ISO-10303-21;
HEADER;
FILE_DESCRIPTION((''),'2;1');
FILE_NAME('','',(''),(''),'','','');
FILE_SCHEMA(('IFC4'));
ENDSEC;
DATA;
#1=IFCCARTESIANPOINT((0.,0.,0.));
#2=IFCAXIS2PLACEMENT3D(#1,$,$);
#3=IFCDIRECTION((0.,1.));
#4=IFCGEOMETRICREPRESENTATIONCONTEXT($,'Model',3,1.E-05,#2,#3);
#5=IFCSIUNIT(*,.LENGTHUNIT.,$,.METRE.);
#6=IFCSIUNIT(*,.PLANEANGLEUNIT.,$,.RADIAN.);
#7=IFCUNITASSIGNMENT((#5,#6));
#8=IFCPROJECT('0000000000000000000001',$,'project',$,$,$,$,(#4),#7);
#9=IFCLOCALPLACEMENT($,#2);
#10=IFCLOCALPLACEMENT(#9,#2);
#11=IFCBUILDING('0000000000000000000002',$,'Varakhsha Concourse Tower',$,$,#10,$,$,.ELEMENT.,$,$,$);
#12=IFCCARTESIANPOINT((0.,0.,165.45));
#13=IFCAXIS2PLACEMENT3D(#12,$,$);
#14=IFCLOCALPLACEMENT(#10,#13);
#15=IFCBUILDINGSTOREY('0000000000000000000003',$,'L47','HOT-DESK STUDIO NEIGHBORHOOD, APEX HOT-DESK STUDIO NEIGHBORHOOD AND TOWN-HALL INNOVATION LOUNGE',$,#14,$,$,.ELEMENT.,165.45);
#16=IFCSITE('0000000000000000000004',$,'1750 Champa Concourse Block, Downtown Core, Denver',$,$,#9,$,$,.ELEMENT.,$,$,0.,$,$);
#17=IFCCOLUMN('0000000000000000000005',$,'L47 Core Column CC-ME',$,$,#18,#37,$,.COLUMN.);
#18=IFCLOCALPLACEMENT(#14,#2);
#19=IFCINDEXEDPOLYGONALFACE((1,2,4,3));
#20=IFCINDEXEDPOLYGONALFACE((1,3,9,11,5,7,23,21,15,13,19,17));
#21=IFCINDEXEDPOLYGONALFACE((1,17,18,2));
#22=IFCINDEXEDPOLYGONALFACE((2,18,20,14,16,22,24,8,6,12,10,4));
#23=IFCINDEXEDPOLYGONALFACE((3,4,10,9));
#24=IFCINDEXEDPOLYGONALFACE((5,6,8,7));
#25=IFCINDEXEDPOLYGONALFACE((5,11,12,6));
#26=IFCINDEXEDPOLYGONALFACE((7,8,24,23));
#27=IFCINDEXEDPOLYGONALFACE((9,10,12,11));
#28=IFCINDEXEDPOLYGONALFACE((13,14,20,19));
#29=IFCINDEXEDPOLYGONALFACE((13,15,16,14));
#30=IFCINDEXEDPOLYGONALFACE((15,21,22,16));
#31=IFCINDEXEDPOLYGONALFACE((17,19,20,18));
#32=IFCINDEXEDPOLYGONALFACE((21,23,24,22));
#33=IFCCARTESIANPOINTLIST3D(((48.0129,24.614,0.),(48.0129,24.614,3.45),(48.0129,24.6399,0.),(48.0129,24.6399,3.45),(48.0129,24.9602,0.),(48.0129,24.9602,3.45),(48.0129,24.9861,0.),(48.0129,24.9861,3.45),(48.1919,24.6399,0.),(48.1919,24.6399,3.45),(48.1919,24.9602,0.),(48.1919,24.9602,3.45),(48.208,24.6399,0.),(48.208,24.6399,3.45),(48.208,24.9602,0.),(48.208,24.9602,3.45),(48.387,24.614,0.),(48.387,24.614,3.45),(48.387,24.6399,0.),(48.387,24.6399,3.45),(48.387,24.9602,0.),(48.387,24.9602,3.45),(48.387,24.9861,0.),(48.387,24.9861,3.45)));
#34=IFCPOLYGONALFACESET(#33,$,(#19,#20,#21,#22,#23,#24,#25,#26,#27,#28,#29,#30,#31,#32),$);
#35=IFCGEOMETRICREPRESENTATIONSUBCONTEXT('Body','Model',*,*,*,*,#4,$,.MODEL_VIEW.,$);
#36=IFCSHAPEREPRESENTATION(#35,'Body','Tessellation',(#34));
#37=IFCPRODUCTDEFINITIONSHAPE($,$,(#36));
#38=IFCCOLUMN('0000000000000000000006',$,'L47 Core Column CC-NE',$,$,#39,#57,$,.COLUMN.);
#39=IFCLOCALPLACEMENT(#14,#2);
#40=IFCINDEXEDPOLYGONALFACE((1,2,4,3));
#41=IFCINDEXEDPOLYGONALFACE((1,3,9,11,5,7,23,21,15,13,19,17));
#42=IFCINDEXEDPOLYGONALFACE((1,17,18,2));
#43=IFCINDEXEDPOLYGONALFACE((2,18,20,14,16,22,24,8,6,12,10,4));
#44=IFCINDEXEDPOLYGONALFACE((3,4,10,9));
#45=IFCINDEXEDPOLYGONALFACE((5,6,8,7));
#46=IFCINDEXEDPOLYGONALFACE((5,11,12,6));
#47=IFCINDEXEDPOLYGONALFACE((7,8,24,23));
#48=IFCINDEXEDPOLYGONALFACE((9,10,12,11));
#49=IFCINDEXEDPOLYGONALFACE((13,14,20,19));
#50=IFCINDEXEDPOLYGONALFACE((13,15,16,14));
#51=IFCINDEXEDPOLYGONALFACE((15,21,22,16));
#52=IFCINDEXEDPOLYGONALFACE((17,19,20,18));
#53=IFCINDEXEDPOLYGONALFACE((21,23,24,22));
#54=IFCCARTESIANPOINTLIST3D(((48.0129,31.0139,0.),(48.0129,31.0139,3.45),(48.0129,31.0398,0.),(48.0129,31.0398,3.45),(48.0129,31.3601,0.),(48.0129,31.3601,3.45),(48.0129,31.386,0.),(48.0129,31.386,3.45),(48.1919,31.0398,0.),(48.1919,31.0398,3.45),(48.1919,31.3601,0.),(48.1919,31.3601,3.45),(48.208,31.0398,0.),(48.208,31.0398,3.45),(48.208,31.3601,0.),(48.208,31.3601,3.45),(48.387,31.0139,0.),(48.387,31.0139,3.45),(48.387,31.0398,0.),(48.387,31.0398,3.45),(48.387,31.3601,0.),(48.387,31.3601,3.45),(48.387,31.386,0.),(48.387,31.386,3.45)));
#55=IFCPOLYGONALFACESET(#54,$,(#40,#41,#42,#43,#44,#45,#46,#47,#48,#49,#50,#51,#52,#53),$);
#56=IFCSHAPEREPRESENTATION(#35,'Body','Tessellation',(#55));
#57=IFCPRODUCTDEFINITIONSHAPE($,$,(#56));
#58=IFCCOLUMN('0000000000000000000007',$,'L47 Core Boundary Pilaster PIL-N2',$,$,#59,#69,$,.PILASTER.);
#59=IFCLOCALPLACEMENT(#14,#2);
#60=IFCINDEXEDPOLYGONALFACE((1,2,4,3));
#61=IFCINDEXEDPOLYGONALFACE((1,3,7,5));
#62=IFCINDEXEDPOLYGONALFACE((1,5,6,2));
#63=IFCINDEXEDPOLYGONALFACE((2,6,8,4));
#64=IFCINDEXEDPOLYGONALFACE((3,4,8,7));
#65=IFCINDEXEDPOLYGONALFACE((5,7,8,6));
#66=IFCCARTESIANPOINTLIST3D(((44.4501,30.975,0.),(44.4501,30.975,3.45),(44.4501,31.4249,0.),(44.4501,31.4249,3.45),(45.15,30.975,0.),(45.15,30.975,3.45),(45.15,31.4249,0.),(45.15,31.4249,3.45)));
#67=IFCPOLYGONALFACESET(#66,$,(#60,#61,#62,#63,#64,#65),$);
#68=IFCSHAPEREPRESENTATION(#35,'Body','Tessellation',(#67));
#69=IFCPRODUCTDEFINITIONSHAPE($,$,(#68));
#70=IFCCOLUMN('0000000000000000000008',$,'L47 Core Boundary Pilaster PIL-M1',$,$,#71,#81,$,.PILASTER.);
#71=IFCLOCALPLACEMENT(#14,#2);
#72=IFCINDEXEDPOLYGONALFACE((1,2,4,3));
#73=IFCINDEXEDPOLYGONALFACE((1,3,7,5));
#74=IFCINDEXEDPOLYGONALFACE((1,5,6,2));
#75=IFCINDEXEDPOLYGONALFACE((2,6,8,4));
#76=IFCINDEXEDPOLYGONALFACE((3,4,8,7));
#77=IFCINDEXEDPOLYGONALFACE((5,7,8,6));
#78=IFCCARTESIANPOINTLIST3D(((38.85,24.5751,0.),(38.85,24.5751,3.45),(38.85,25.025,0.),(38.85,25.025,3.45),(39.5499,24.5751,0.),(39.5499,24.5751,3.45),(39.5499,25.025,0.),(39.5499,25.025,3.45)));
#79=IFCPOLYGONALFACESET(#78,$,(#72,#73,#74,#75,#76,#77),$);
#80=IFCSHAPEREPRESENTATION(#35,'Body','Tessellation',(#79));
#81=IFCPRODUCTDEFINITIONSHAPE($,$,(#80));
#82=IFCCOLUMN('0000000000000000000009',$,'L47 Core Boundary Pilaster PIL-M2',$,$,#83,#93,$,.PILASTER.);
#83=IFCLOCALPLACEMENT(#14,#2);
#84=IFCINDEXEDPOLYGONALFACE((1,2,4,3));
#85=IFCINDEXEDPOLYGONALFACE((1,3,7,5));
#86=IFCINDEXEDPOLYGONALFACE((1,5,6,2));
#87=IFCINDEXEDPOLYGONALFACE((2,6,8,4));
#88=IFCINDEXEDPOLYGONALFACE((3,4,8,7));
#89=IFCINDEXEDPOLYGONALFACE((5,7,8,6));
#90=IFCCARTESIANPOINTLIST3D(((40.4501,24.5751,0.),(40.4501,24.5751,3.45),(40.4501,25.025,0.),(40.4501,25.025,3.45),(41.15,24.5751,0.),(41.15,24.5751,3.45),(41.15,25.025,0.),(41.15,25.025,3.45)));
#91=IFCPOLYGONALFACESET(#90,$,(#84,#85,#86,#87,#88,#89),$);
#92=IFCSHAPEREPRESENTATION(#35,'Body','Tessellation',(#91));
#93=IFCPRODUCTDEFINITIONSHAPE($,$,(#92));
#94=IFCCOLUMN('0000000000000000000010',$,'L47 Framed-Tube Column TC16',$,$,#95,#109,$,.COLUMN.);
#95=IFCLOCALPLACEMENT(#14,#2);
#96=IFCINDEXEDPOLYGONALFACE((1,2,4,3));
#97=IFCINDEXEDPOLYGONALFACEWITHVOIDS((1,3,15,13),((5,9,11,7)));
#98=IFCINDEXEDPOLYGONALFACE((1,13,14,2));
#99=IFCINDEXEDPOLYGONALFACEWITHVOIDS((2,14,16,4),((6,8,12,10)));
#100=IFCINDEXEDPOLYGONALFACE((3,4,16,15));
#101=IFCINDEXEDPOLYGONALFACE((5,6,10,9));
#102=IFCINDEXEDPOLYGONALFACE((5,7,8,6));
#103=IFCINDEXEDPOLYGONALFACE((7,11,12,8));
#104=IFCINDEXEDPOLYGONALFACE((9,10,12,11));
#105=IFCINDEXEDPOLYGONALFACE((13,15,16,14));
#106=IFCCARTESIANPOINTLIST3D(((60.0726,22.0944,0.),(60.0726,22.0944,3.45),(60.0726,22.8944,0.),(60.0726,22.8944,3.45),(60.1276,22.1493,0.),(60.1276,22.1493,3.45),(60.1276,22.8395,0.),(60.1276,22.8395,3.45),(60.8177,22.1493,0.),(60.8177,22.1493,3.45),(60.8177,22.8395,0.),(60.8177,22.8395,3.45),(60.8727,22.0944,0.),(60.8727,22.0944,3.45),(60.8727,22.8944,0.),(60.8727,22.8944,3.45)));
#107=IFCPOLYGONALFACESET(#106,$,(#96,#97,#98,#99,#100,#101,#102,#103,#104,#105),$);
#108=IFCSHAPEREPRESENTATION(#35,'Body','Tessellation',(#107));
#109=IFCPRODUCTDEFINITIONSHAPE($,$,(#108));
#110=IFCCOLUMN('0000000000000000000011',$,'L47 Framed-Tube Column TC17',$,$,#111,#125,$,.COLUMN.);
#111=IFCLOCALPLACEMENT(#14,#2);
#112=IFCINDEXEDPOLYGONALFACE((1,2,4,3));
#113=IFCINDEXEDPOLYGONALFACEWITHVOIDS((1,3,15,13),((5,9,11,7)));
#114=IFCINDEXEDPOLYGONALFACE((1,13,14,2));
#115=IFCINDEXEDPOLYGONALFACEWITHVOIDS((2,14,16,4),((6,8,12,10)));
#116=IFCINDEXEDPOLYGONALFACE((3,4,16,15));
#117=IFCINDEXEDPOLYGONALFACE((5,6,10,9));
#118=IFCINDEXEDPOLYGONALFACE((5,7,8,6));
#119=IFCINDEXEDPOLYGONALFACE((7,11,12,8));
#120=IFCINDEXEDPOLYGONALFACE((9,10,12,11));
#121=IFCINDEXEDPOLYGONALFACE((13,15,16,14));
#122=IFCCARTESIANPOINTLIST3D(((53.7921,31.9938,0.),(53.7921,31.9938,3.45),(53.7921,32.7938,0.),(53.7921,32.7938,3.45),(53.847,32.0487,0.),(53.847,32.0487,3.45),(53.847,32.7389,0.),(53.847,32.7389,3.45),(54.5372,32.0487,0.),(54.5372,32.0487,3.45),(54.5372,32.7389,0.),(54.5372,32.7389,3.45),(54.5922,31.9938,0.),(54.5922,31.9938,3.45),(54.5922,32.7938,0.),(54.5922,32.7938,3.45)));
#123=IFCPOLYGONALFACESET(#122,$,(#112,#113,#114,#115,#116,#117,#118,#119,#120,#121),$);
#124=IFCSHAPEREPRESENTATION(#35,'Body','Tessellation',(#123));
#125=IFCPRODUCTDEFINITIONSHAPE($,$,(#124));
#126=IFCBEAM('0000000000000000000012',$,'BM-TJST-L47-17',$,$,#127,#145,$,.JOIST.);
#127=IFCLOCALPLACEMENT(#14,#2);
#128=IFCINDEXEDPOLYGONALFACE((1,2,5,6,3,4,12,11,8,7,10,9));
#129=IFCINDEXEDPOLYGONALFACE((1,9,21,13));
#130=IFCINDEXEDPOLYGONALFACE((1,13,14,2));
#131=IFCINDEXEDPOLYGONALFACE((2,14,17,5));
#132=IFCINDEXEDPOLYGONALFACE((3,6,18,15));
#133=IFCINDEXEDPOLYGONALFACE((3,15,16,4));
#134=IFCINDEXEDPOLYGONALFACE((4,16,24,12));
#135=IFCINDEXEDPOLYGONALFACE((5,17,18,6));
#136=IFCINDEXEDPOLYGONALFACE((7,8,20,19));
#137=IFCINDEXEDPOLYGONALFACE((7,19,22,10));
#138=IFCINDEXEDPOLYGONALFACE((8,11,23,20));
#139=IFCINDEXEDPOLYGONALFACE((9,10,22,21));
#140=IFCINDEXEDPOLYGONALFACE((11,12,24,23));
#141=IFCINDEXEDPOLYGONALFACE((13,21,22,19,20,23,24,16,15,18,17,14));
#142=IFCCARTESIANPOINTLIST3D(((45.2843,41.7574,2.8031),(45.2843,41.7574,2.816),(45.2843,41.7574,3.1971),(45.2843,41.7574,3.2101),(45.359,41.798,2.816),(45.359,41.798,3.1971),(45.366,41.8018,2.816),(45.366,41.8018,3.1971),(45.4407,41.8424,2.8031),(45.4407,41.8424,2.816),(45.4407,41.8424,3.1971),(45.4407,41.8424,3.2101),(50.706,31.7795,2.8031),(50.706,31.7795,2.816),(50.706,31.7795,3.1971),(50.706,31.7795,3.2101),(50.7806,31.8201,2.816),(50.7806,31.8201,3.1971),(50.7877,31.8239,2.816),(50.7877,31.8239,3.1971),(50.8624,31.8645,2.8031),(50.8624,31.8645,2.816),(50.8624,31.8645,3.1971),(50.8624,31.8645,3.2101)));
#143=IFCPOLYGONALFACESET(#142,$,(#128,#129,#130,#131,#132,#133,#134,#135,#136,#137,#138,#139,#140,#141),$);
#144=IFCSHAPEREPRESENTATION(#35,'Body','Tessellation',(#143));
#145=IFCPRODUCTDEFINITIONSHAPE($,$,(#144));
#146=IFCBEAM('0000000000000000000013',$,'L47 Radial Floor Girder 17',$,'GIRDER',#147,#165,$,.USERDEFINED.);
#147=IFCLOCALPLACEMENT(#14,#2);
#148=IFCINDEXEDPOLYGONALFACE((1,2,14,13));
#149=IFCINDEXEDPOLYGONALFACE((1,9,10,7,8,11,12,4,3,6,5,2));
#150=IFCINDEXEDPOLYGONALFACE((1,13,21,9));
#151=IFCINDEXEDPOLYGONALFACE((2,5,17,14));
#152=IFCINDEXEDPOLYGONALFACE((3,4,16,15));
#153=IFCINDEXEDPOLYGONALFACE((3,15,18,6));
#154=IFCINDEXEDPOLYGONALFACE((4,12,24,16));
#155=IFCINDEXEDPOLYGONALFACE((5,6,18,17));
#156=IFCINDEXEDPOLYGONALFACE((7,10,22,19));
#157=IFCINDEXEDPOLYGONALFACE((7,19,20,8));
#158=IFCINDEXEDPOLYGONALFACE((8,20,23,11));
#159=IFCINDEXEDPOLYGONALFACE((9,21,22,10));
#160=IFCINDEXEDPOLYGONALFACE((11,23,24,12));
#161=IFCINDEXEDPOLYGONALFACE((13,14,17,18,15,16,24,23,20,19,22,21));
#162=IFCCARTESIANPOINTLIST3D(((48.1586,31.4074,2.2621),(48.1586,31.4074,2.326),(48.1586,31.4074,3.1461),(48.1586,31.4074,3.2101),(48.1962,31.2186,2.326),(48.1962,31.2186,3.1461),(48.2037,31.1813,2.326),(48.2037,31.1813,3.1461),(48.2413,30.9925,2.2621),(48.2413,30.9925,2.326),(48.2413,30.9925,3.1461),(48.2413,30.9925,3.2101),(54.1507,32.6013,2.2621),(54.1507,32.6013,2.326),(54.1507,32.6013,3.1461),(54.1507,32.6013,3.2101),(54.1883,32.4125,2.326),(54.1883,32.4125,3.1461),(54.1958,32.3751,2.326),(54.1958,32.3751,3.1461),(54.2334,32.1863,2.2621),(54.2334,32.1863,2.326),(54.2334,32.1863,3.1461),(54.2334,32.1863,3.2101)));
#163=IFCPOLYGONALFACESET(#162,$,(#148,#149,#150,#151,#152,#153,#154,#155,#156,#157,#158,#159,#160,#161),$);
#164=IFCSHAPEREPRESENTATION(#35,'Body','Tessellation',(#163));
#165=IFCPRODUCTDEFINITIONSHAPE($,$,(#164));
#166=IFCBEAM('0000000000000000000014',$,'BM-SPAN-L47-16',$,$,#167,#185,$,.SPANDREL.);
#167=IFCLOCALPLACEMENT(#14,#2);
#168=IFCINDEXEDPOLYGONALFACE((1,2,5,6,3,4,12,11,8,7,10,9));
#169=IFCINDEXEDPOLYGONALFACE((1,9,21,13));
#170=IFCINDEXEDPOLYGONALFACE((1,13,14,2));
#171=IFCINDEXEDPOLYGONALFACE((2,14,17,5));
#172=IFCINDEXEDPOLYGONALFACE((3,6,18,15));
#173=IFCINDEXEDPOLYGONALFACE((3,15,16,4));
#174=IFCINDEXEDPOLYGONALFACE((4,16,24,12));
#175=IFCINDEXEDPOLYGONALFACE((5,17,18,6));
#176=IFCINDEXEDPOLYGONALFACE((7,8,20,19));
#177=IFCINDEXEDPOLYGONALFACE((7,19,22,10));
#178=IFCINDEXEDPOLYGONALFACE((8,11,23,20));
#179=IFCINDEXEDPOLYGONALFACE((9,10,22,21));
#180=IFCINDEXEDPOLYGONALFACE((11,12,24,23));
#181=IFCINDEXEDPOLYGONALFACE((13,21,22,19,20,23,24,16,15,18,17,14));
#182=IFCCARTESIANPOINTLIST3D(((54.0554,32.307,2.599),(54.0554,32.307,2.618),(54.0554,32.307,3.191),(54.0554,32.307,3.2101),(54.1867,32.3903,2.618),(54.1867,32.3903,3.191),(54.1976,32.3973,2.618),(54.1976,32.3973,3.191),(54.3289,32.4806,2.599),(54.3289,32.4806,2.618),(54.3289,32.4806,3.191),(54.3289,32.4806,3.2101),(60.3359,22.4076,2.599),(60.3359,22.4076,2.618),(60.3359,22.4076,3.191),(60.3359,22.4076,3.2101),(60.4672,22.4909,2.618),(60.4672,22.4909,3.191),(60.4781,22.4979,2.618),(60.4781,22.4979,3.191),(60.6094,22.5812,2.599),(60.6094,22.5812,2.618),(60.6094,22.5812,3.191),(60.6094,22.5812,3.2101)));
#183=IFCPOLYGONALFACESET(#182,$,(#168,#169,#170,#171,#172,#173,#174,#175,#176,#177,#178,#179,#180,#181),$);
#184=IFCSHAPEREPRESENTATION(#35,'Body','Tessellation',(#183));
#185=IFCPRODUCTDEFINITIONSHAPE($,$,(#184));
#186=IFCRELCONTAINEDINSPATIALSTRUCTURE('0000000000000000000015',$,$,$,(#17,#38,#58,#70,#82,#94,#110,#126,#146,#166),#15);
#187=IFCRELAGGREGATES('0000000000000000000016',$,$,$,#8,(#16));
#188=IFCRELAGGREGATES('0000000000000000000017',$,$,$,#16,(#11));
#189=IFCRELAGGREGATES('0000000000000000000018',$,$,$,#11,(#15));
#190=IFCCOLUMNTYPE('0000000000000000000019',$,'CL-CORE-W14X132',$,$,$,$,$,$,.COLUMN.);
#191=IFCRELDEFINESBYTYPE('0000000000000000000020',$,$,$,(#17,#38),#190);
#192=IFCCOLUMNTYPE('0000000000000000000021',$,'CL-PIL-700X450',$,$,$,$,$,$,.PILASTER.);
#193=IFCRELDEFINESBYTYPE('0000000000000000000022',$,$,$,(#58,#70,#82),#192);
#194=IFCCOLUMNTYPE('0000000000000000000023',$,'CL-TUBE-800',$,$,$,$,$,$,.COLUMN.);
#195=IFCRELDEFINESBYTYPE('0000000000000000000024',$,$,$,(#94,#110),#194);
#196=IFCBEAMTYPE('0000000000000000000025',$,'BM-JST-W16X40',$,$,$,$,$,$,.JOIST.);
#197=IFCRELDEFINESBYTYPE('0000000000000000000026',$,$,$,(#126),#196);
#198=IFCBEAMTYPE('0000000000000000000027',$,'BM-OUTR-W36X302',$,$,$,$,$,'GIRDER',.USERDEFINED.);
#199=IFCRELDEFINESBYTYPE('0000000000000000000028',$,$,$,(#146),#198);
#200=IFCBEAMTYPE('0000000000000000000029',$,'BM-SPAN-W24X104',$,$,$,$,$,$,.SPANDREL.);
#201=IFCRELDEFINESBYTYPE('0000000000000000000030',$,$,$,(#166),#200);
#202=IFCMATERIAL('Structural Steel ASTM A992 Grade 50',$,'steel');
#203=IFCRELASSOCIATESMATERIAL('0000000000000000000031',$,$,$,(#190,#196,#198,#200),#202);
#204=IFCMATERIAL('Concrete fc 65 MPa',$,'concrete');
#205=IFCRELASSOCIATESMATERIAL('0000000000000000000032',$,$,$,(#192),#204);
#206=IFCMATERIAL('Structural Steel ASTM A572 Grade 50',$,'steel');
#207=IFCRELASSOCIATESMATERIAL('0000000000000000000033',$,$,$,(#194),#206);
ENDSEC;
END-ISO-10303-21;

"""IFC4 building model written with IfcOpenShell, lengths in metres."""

from ifc_helpers import new_model, si_unit, direction, frame, origin, origin_2d, place, context, subcontext, project, spatial, rectangle, hollow_rectangle, i_section, extrude, material, material_profile, profile_set, type_object, element, save


model = new_model("IFC4")

# Units and contexts
model_context = context("Model", 3, precision=1e-05, world=origin(), true_north=direction((0.0, 1.0)))
body_context = subcontext(model_context, "Body", "Model", "MODEL_VIEW")
ifc_project = project(units=[si_unit("LENGTHUNIT", "METRE"), si_unit("PLANEANGLEUNIT", "RADIAN")], contexts=[model_context])

# Site, building, storey
site_placement = place(None, origin())
site = spatial("IfcSite", under=ifc_project, at=site_placement, Name="1750 Champa Concourse Block, Downtown Core, Denver", CompositionType="ELEMENT", RefElevation=0.0)
building_placement = place(site_placement, origin())
building = spatial("IfcBuilding", under=site, at=building_placement, Name="Varakhsha Concourse Tower", CompositionType="ELEMENT")
storey_placement = place(building_placement, frame((0.0, 0.0, 165.45)))
storey = spatial("IfcBuildingStorey", under=building, at=storey_placement, Name="L47", Description="HOT-DESK STUDIO NEIGHBORHOOD, APEX HOT-DESK STUDIO NEIGHBORHOOD AND TOWN-HALL INNOVATION LOUNGE", CompositionType="ELEMENT", Elevation=165.45)

# Columns
ifc_material_1 = material(Name="Structural Steel ASTM A992 Grade 50", Category="steel")
ifc_material_profile_1 = material_profile(ifc_material_1, i_section(OverallWidth=0.374, OverallDepth=0.3721, WebThickness=0.0161, FlangeThickness=0.0259, at=origin_2d()), Name="W14X132")
ifc_profile_set_1 = profile_set([ifc_material_profile_1], Name="Structural Steel ASTM A992 Grade 50")
column_type_1 = type_object("IfcColumnType", Name="CL-CORE-W14X132", PredefinedType="COLUMN", material=ifc_profile_set_1)
for number, where, z_axis, x_axis, name in (
    (1, (48.2, 24.8, 0.0), (0.0, 0.0, 1.0), (1.0, 0.0, 0.0), "L47 Core Column CC-ME"),
    (2, (48.2, 31.2, 0.0), (0.0, 0.0, 1.0), (1.0, 0.0, 0.0), "L47 Core Column CC-NE"),
):
    element("IfcColumn", number, at=place(storey_placement, frame(where, z_axis=z_axis, x_axis=x_axis)), inside=storey, type_object=column_type_1, Name=name, PredefinedType="COLUMN", context=body_context, shape_type="SweptSolid", body=[
        extrude(i_section(OverallWidth=0.374, OverallDepth=0.3721, WebThickness=0.0161, FlangeThickness=0.0259, at=origin_2d()), origin(), (0.0, 0.0, 1.0), 3.45),
    ])
ifc_material_2 = material(Name="Concrete fc 65 MPa", Category="concrete")
ifc_material_profile_2 = material_profile(ifc_material_2, rectangle(XDim=0.7, YDim=0.45, at=origin_2d()), Name="RC 700x450")
ifc_profile_set_2 = profile_set([ifc_material_profile_2], Name="Concrete fc 65 MPa")
column_type_2 = type_object("IfcColumnType", Name="CL-PIL-700X450", PredefinedType="PILASTER", material=ifc_profile_set_2)
for number, where, z_axis, x_axis, name in (
    (3, (44.8, 31.2, 0.0), (0.0, 0.0, 1.0), (1.0, 0.0, 0.0), "L47 Core Boundary Pilaster PIL-N2"),
    (4, (39.2, 24.8, 0.0), (0.0, 0.0, 1.0), (1.0, 0.0, 0.0), "L47 Core Boundary Pilaster PIL-M1"),
    (5, (40.8, 24.8, 0.0), (0.0, 0.0, 1.0), (1.0, 0.0, 0.0), "L47 Core Boundary Pilaster PIL-M2"),
):
    element("IfcColumn", number, at=place(storey_placement, frame(where, z_axis=z_axis, x_axis=x_axis)), inside=storey, type_object=column_type_2, Name=name, PredefinedType="PILASTER", context=body_context, shape_type="SweptSolid", body=[
        extrude(rectangle(XDim=0.7, YDim=0.45, at=origin_2d()), origin(), (0.0, 0.0, 1.0), 3.45),
    ])
ifc_material_3 = material(Name="Structural Steel ASTM A572 Grade 50", Category="steel")
ifc_material_profile_3 = material_profile(ifc_material_3, hollow_rectangle(XDim=0.8, YDim=0.8, WallThickness=0.0549, at=origin_2d()), Name="BOX 800x800x55")
ifc_profile_set_3 = profile_set([ifc_material_profile_3], Name="Structural Steel ASTM A572 Grade 50")
column_type_3 = type_object("IfcColumnType", Name="CL-TUBE-800", PredefinedType="COLUMN", material=ifc_profile_set_3)
for number, where, z_axis, x_axis, name in (
    (6, (60.4727, 22.4944, 0.0), (0.0, 0.0, 1.0), (1.0, 0.0, 0.0), "L47 Framed-Tube Column TC16"),
    (7, (54.1921, 32.3938, 0.0), (0.0, 0.0, 1.0), (1.0, 0.0, 0.0), "L47 Framed-Tube Column TC17"),
):
    element("IfcColumn", number, at=place(storey_placement, frame(where, z_axis=z_axis, x_axis=x_axis)), inside=storey, type_object=column_type_3, Name=name, PredefinedType="COLUMN", context=body_context, shape_type="SweptSolid", body=[
        extrude(hollow_rectangle(XDim=0.8, YDim=0.8, WallThickness=0.0549, at=origin_2d()), origin(), (0.0, 0.0, 1.0), 3.45),
    ])

# Beams
ifc_material_profile_4 = material_profile(ifc_material_1, i_section(OverallWidth=0.178, OverallDepth=0.407, WebThickness=0.0081, FlangeThickness=0.0129, at=origin_2d()), Name="W16X40")
ifc_profile_set_4 = profile_set([ifc_material_profile_4], Name="Structural Steel ASTM A992 Grade 50")
beam_type_1 = type_object("IfcBeamType", Name="BM-JST-W16X40", PredefinedType="JOIST", material=ifc_profile_set_4)
beam_1_placement = place(storey_placement, frame((50.7842, 31.822, 3.0066), z_axis=(-0.47744, 0.878664, 0.0), x_axis=(-0.878664, -0.47744, 0.0)))
element("IfcBeam", 8, at=beam_1_placement, inside=storey, type_object=beam_type_1, Name="BM-TJST-L47-17", PredefinedType="JOIST", context=body_context, shape_type="SweptSolid", body=[
    extrude(i_section(OverallWidth=0.178, OverallDepth=0.407, WebThickness=0.0081, FlangeThickness=0.0129, at=origin_2d()), origin(), (0.0, 0.0, 1.0), 11.3557),
])
ifc_material_profile_5 = material_profile(ifc_material_1, i_section(OverallWidth=0.4231, OverallDepth=0.948, WebThickness=0.0381, FlangeThickness=0.064, at=origin_2d()), Name="W36X302")
ifc_profile_set_5 = profile_set([ifc_material_profile_5], Name="Structural Steel ASTM A992 Grade 50")
beam_type_2 = type_object("IfcBeamType", Name="BM-OUTR-W36X302", ElementType="GIRDER", PredefinedType="USERDEFINED", material=ifc_profile_set_5)
beam_2_placement = place(storey_placement, frame((48.2, 31.2, 2.7361), z_axis=(0.980725, 0.195394, 0.0), x_axis=(-0.195394, 0.980725, 0.0)))
element("IfcBeam", 9, at=beam_2_placement, inside=storey, type_object=beam_type_2, Name="L47 Radial Floor Girder 17", ObjectType="GIRDER", PredefinedType="USERDEFINED", context=body_context, shape_type="SweptSolid", body=[
    extrude(i_section(OverallWidth=0.4231, OverallDepth=0.948, WebThickness=0.0381, FlangeThickness=0.064, at=origin_2d()), origin(), (0.0, 0.0, 1.0), 6.1099),
])
ifc_material_profile_6 = material_profile(ifc_material_1, i_section(OverallWidth=0.324, OverallDepth=0.6111, WebThickness=0.0129, FlangeThickness=0.019, at=origin_2d()), Name="W24X104")
ifc_profile_set_6 = profile_set([ifc_material_profile_6], Name="Structural Steel ASTM A992 Grade 50")
beam_type_3 = type_object("IfcBeamType", Name="BM-SPAN-W24X104", PredefinedType="SPANDREL", material=ifc_profile_set_6)
beam_3_placement = place(storey_placement, frame((60.4727, 22.4944, 2.9045), z_axis=(-0.535715, 0.844399, 0.0), x_axis=(-0.844399, -0.535715, 0.0)))
element("IfcBeam", 10, at=beam_3_placement, inside=storey, type_object=beam_type_3, Name="BM-SPAN-L47-16", PredefinedType="SPANDREL", context=body_context, shape_type="SweptSolid", body=[
    extrude(i_section(OverallWidth=0.324, OverallDepth=0.6111, WebThickness=0.0129, FlangeThickness=0.019, at=origin_2d()), origin(), (0.0, 0.0, 1.0), 11.7236),
])

save(model, "model.ifc")
